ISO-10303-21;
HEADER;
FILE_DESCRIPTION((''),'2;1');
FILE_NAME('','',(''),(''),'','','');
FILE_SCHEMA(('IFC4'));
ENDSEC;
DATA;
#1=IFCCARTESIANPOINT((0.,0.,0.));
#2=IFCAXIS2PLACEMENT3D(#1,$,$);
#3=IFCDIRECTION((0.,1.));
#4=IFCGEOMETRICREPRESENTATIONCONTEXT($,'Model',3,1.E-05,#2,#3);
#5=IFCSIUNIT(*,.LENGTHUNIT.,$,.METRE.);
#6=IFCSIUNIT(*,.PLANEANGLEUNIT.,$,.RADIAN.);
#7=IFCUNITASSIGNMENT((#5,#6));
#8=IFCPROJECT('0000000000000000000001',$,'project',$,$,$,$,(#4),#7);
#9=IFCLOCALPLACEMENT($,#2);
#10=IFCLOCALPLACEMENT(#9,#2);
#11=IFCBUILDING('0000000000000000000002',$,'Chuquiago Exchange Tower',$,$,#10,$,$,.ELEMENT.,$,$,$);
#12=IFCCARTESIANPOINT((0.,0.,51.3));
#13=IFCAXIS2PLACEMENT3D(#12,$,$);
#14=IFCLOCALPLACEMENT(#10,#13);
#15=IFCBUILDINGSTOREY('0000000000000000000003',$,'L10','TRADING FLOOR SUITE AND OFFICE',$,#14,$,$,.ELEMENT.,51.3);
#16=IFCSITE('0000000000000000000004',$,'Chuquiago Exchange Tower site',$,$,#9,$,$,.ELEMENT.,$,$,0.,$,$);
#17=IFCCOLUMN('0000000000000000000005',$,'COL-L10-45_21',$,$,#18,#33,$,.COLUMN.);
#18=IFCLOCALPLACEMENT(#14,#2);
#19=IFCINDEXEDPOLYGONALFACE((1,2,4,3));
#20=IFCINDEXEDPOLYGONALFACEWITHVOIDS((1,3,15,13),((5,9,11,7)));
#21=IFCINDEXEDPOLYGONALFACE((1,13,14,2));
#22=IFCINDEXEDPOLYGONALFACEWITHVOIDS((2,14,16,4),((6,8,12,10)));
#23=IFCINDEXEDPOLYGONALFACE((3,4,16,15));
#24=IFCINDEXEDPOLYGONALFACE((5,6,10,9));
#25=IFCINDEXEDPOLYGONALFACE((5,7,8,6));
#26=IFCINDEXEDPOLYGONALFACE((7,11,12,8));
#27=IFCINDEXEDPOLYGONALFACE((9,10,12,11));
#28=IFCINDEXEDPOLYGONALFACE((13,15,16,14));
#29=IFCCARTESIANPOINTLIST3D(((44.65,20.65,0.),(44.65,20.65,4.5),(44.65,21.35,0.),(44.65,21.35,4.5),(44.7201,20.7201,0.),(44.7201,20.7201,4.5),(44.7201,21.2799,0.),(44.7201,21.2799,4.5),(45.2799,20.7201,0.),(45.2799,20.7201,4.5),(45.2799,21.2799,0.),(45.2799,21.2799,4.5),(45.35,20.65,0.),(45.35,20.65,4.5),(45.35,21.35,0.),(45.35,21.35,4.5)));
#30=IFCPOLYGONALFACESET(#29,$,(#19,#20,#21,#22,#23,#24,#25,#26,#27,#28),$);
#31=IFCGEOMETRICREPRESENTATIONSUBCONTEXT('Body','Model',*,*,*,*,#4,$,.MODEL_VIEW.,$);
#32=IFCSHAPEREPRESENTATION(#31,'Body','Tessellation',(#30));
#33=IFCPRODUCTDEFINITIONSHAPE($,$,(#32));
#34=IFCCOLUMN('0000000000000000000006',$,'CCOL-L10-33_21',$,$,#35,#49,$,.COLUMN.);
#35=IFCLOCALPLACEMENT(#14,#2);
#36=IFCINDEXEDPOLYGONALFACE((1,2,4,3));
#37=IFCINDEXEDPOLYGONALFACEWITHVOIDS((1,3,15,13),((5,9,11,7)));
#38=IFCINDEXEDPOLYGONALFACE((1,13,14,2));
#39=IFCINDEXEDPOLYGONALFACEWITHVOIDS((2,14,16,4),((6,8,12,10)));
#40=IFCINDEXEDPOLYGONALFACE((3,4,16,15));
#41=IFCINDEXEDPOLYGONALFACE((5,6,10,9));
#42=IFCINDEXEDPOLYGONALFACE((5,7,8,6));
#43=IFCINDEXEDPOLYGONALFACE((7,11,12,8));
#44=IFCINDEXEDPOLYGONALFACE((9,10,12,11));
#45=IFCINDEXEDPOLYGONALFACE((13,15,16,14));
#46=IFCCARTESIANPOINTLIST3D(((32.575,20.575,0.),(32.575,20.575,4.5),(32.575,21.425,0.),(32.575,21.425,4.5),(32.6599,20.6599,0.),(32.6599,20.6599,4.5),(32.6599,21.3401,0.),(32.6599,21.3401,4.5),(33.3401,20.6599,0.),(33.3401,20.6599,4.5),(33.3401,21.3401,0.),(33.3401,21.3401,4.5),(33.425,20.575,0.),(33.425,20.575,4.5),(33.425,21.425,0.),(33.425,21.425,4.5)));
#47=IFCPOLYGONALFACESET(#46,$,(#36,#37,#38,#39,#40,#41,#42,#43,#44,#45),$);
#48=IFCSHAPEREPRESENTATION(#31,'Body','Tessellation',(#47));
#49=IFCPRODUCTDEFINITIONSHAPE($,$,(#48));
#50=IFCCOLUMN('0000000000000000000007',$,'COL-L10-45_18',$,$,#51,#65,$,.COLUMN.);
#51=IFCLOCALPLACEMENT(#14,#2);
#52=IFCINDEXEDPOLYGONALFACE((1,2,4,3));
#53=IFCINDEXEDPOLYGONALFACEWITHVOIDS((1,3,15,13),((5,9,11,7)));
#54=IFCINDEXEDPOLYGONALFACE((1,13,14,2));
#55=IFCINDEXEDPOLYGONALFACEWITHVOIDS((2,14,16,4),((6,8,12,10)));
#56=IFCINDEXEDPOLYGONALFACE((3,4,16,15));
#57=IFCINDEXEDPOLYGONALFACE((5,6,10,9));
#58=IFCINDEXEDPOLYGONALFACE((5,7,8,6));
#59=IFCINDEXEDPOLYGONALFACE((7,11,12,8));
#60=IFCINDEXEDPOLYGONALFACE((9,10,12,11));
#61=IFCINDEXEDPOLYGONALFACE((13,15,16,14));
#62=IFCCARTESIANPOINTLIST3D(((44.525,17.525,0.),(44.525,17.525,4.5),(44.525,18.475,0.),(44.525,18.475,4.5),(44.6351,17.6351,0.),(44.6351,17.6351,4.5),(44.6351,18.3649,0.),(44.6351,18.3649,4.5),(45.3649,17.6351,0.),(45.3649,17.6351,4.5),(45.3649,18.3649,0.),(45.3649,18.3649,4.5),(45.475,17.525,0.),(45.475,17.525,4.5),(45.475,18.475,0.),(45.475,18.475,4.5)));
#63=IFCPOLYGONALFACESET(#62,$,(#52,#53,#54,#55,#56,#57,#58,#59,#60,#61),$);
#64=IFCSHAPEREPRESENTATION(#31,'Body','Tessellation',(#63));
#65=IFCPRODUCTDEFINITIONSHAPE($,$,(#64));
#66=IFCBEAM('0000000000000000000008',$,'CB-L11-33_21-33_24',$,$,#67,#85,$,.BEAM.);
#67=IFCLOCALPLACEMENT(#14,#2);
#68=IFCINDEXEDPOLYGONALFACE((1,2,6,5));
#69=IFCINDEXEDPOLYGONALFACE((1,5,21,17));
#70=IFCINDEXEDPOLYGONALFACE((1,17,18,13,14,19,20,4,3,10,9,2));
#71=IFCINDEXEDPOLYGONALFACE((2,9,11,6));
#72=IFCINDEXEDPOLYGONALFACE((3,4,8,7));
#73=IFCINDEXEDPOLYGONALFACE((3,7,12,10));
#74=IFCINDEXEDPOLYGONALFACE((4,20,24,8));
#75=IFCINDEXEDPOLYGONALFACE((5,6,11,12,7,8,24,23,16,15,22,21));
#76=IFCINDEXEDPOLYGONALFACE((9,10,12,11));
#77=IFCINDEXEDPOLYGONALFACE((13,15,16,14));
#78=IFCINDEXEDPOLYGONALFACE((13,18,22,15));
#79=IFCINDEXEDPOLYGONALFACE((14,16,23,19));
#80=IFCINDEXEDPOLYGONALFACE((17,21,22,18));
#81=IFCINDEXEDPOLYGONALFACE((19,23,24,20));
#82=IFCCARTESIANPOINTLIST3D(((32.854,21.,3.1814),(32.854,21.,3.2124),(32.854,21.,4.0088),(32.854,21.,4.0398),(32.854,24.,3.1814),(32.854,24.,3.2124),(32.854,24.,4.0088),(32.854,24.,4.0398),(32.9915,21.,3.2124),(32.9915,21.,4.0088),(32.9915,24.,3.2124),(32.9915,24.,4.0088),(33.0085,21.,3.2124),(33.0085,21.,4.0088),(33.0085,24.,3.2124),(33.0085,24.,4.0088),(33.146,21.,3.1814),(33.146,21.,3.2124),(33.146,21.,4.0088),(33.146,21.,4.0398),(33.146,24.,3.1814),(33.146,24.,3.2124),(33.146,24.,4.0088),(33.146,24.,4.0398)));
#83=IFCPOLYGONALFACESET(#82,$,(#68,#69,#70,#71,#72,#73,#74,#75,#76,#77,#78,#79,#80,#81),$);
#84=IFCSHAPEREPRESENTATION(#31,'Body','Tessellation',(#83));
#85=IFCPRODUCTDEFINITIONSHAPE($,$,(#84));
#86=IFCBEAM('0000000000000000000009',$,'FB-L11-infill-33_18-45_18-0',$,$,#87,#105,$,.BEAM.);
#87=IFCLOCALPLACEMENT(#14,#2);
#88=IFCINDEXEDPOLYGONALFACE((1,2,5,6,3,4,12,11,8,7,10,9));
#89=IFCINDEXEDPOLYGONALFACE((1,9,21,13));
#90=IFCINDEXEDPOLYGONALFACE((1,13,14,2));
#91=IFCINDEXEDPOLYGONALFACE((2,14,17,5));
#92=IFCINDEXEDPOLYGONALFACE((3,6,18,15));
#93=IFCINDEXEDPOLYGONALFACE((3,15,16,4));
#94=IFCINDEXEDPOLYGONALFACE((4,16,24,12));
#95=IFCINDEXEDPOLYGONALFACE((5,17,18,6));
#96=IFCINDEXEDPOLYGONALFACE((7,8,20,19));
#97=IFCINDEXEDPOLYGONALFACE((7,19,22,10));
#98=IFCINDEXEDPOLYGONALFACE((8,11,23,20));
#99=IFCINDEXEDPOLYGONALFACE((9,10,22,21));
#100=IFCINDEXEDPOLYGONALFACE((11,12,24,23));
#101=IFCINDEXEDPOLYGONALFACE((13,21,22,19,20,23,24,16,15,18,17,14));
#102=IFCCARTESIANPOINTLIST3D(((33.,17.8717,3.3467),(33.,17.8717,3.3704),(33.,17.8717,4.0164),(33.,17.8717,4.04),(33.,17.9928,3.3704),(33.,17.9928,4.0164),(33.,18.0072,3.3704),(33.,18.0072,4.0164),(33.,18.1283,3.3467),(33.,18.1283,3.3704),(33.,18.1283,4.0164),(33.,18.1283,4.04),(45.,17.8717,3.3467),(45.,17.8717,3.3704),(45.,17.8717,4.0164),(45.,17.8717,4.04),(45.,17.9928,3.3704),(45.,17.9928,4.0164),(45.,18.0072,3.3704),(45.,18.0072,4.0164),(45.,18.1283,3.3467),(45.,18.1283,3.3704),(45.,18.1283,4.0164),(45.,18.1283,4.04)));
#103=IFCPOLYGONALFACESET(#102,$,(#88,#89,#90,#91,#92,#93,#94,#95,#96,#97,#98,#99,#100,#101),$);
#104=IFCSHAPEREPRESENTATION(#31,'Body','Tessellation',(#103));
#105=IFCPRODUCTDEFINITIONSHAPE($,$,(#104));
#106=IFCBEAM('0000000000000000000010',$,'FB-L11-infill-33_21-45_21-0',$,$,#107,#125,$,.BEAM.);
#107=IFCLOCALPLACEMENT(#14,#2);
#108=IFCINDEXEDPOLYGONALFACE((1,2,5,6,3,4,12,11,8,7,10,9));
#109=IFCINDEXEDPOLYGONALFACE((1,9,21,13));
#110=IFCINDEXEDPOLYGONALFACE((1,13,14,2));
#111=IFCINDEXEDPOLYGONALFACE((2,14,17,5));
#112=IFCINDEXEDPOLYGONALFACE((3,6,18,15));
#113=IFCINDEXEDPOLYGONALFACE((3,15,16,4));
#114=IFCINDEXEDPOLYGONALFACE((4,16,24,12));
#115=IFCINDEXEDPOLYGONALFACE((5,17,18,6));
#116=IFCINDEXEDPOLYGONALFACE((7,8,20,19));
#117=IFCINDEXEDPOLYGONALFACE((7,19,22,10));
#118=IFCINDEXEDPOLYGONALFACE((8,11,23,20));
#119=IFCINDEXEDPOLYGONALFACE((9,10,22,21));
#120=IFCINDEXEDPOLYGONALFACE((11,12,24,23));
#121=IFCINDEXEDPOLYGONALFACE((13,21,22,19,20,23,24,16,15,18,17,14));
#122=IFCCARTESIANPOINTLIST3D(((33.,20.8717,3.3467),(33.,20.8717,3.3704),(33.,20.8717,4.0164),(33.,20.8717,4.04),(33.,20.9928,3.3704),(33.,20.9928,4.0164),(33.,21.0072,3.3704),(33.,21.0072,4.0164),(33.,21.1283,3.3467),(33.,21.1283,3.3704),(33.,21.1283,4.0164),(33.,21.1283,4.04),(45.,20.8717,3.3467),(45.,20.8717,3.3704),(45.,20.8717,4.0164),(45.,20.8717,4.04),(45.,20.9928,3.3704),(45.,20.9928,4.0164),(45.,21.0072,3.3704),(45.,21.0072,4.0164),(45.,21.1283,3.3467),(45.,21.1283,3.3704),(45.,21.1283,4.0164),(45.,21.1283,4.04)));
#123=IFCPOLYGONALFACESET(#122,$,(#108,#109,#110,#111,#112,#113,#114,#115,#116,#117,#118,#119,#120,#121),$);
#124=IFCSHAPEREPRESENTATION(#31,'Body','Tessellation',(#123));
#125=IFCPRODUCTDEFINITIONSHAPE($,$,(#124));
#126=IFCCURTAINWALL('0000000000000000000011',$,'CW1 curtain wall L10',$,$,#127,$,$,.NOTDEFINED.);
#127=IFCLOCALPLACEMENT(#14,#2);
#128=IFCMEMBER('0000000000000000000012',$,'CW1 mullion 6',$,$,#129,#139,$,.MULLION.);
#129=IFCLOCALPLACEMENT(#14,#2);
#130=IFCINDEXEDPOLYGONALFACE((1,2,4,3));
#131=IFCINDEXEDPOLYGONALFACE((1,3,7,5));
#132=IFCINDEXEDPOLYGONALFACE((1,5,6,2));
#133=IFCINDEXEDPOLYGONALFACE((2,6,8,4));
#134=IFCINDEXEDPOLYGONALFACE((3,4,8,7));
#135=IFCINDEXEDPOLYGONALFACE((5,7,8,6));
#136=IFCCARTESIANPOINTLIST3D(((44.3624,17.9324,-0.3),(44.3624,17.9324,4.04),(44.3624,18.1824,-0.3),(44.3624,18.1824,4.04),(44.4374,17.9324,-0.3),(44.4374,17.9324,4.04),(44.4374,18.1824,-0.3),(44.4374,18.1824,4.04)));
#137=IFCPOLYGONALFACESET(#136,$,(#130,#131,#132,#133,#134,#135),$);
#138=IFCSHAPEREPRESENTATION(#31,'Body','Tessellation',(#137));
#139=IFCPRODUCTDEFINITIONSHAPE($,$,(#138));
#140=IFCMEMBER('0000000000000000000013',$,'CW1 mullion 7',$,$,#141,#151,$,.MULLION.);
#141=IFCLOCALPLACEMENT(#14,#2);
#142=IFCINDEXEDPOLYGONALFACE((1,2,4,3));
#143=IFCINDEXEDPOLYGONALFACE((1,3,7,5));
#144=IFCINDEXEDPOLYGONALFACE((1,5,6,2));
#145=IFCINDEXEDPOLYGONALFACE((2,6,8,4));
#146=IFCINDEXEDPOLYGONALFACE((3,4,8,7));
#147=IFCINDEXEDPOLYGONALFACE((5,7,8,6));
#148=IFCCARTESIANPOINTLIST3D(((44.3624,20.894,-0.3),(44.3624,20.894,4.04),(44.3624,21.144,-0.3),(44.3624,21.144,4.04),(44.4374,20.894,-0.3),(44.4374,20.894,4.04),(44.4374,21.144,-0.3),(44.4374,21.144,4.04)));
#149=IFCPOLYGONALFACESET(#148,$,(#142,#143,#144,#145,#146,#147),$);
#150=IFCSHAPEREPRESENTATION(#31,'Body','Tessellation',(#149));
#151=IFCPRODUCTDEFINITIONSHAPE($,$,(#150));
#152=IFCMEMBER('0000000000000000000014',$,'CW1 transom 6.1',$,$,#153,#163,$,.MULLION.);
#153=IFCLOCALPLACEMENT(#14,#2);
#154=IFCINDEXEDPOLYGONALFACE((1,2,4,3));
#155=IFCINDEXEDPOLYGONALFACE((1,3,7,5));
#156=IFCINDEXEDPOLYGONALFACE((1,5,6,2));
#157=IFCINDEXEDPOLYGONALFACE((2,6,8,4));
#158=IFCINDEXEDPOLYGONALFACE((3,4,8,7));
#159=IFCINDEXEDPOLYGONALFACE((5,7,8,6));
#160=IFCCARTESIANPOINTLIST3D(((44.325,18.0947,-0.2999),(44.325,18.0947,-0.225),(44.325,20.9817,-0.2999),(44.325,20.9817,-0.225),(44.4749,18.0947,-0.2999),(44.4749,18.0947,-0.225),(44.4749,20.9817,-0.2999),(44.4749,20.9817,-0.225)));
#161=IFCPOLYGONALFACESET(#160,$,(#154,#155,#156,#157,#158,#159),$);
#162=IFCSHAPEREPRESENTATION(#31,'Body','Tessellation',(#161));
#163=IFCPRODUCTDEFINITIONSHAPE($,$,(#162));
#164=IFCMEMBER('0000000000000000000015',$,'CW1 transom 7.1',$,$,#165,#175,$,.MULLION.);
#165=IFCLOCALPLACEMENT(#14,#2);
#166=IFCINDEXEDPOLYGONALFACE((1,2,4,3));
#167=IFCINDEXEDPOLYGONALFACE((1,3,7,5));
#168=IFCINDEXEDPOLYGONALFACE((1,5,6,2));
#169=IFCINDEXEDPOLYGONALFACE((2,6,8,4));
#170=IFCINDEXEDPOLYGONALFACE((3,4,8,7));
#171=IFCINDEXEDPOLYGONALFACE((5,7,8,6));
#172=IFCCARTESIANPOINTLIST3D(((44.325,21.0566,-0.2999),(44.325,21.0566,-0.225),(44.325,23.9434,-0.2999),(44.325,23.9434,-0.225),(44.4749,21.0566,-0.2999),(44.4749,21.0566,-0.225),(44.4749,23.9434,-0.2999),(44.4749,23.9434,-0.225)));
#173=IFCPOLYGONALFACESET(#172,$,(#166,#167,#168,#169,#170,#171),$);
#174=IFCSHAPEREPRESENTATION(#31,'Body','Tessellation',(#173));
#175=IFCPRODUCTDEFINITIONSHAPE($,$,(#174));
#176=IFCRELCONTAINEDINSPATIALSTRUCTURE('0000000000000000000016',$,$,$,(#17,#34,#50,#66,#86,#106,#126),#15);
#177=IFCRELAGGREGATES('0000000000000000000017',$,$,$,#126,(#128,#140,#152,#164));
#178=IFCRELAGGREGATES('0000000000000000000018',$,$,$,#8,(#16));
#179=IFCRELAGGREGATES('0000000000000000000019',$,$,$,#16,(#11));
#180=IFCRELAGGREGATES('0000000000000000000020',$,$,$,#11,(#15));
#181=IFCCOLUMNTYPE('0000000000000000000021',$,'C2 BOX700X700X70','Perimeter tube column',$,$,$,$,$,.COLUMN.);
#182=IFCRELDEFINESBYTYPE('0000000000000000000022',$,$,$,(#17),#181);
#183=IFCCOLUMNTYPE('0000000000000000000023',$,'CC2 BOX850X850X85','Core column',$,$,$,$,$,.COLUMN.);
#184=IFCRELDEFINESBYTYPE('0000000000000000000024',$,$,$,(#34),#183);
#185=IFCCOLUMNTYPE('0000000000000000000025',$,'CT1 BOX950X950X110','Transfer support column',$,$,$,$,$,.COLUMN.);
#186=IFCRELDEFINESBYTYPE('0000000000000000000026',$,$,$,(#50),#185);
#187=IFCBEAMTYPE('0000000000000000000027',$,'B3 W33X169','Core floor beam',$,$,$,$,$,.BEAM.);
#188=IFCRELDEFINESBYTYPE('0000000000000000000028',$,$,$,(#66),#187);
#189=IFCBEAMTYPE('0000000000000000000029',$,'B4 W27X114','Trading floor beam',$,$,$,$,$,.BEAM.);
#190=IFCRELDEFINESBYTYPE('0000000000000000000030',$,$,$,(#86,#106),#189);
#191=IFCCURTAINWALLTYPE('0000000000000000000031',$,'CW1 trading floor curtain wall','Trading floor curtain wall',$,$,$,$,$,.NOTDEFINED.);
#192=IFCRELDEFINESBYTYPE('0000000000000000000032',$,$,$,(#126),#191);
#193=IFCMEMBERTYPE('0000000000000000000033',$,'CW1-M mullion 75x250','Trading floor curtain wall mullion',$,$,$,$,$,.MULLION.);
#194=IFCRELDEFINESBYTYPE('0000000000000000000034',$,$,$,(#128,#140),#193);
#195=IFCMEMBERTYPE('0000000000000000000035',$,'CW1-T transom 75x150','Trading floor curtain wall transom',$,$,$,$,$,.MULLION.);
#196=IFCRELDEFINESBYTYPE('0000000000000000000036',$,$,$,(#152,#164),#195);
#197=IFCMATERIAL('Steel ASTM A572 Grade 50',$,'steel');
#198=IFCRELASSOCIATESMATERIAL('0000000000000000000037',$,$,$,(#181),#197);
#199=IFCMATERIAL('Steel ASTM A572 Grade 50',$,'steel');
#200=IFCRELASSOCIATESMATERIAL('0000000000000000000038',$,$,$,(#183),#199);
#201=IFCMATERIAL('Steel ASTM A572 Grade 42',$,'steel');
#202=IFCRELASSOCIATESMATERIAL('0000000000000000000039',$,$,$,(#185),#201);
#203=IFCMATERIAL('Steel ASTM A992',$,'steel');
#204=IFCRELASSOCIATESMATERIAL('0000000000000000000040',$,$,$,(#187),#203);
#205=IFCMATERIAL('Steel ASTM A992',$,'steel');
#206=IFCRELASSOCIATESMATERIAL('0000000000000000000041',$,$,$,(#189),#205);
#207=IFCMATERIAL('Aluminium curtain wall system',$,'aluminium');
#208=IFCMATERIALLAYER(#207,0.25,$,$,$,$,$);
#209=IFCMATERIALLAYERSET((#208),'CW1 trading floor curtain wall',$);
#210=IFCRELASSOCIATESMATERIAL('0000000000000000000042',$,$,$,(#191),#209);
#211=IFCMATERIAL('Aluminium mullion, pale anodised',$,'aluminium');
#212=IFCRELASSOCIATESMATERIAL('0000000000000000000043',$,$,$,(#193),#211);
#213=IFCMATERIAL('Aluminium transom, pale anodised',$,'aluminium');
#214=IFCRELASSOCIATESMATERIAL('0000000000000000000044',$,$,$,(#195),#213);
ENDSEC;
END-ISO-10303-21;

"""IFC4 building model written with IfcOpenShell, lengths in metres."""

from ifc_helpers import new_model, si_unit, direction, frame, origin, origin_2d, place, context, subcontext, project, spatial, rectangle, hollow_rectangle, i_section, extrude, material, layer, layer_set, material_profile, profile_set, type_object, element, aggregate, save


model = new_model("IFC4")

# Units and contexts
model_context = context("Model", 3, precision=1e-05, world=origin(), true_north=direction((0.0, 1.0)))
body_context = subcontext(model_context, "Body", "Model", "MODEL_VIEW")
ifc_project = project(units=[si_unit("LENGTHUNIT", "METRE"), si_unit("PLANEANGLEUNIT", "RADIAN")], contexts=[model_context])

# Site, building, storey
site_placement = place(None, origin())
site = spatial("IfcSite", under=ifc_project, at=site_placement, Name="Chuquiago Exchange Tower site", CompositionType="ELEMENT", RefElevation=0.0)
building_placement = place(site_placement, origin())
building = spatial("IfcBuilding", under=site, at=building_placement, Name="Chuquiago Exchange Tower", CompositionType="ELEMENT")
storey_placement = place(building_placement, frame((0.0, 0.0, 51.3)))
storey = spatial("IfcBuildingStorey", under=building, at=storey_placement, Name="L10", Description="TRADING FLOOR SUITE AND OFFICE", CompositionType="ELEMENT", Elevation=51.3)

# Columns
ifc_material_1 = material(Name="Steel ASTM A572 Grade 50", Category="steel")
ifc_material_profile_1 = material_profile(ifc_material_1, hollow_rectangle(XDim=0.7, YDim=0.7, WallThickness=0.0701, at=origin_2d()), Name="BOX700X700X70")
ifc_profile_set_1 = profile_set([ifc_material_profile_1], Name="Steel ASTM A572 Grade 50")
column_type_1 = type_object("IfcColumnType", Name="C2 BOX700X700X70", Description="Perimeter tube column", PredefinedType="COLUMN", material=ifc_profile_set_1)
column_1_placement = place(storey_placement, frame((45.0, 21.0, 0.0), z_axis=(0.0, 0.0, 1.0), x_axis=(1.0, 0.0, 0.0)))
element("IfcColumn", 1, at=column_1_placement, inside=storey, type_object=column_type_1, Name="COL-L10-45_21", PredefinedType="COLUMN", context=body_context, shape_type="SweptSolid", body=[
    extrude(hollow_rectangle(XDim=0.7, YDim=0.7, WallThickness=0.0701, at=origin_2d()), origin(), (0.0, 0.0, 1.0), 4.5),
])
ifc_material_2 = material(Name="Steel ASTM A572 Grade 50", Category="steel")
ifc_material_profile_2 = material_profile(ifc_material_2, hollow_rectangle(XDim=0.8501, YDim=0.8501, WallThickness=0.085, at=origin_2d()), Name="BOX850X850X85")
ifc_profile_set_2 = profile_set([ifc_material_profile_2], Name="Steel ASTM A572 Grade 50")
column_type_2 = type_object("IfcColumnType", Name="CC2 BOX850X850X85", Description="Core column", PredefinedType="COLUMN", material=ifc_profile_set_2)
column_2_placement = place(storey_placement, frame((33.0, 21.0, 0.0), z_axis=(0.0, 0.0, 1.0), x_axis=(1.0, 0.0, 0.0)))
element("IfcColumn", 2, at=column_2_placement, inside=storey, type_object=column_type_2, Name="CCOL-L10-33_21", PredefinedType="COLUMN", context=body_context, shape_type="SweptSolid", body=[
    extrude(hollow_rectangle(XDim=0.8501, YDim=0.8501, WallThickness=0.085, at=origin_2d()), origin(), (0.0, 0.0, 1.0), 4.5),
])
ifc_material_3 = material(Name="Steel ASTM A572 Grade 42", Category="steel")
ifc_material_profile_3 = material_profile(ifc_material_3, hollow_rectangle(XDim=0.95, YDim=0.95, WallThickness=0.1101, at=origin_2d()), Name="BOX950X950X110")
ifc_profile_set_3 = profile_set([ifc_material_profile_3], Name="Steel ASTM A572 Grade 42")
column_type_3 = type_object("IfcColumnType", Name="CT1 BOX950X950X110", Description="Transfer support column", PredefinedType="COLUMN", material=ifc_profile_set_3)
column_3_placement = place(storey_placement, frame((45.0, 18.0, 0.0), z_axis=(0.0, 0.0, 1.0), x_axis=(1.0, 0.0, 0.0)))
element("IfcColumn", 3, at=column_3_placement, inside=storey, type_object=column_type_3, Name="COL-L10-45_18", PredefinedType="COLUMN", context=body_context, shape_type="SweptSolid", body=[
    extrude(hollow_rectangle(XDim=0.95, YDim=0.95, WallThickness=0.1101, at=origin_2d()), origin(), (0.0, 0.0, 1.0), 4.5),
])

# Beams
ifc_material_4 = material(Name="Steel ASTM A992", Category="steel")
ifc_material_profile_4 = material_profile(ifc_material_4, i_section(OverallWidth=0.292, OverallDepth=0.8584, WebThickness=0.0171, FlangeThickness=0.031, at=origin_2d()), Name="W33X169")
ifc_profile_set_4 = profile_set([ifc_material_profile_4], Name="Steel ASTM A992")
beam_type_1 = type_object("IfcBeamType", Name="B3 W33X169", Description="Core floor beam", PredefinedType="BEAM", material=ifc_profile_set_4)
beam_placement = place(storey_placement, frame((33.0, 21.0, 3.6106), z_axis=(0.0, 1.0, 0.0), x_axis=(-1.0, 0.0, 0.0)))
element("IfcBeam", 4, at=beam_placement, inside=storey, type_object=beam_type_1, Name="CB-L11-33_21-33_24", PredefinedType="BEAM", context=body_context, shape_type="SweptSolid", body=[
    extrude(i_section(OverallWidth=0.292, OverallDepth=0.8584, WebThickness=0.0171, FlangeThickness=0.031, at=origin_2d()), origin(), (0.0, 0.0, 1.0), 3.0),
])
ifc_material_5 = material(Name="Steel ASTM A992", Category="steel")
ifc_material_profile_5 = material_profile(ifc_material_5, i_section(OverallWidth=0.2566, OverallDepth=0.6934, WebThickness=0.0144, FlangeThickness=0.0237, at=origin_2d()), Name="W27X114")
ifc_profile_set_5 = profile_set([ifc_material_profile_5], Name="Steel ASTM A992")
beam_type_2 = type_object("IfcBeamType", Name="B4 W27X114", Description="Trading floor beam", PredefinedType="BEAM", material=ifc_profile_set_5)
for number, where, z_axis, x_axis, name in (
    (5, (33.0, 18.0, 3.6934), (1.0, 0.0, 0.0), (0.0, 1.0, 0.0), "FB-L11-infill-33_18-45_18-0"),
    (6, (33.0, 21.0, 3.6934), (1.0, 0.0, 0.0), (0.0, 1.0, 0.0), "FB-L11-infill-33_21-45_21-0"),
):
    element("IfcBeam", number, at=place(storey_placement, frame(where, z_axis=z_axis, x_axis=x_axis)), inside=storey, type_object=beam_type_2, Name=name, PredefinedType="BEAM", context=body_context, shape_type="SweptSolid", body=[
        extrude(i_section(OverallWidth=0.2566, OverallDepth=0.6934, WebThickness=0.0144, FlangeThickness=0.0237, at=origin_2d()), origin(), (0.0, 0.0, 1.0), 12.0),
    ])

# Curtain wall, members
ifc_material_6 = material(Name="Aluminium curtain wall system", Category="aluminium")
ifc_layer_1 = layer(ifc_material_6, 0.25)
ifc_layer_set_1 = layer_set([ifc_layer_1], Name="CW1 trading floor curtain wall")
curtain_wall_type = type_object("IfcCurtainWallType", Name="CW1 trading floor curtain wall", Description="Trading floor curtain wall", PredefinedType="NOTDEFINED", material=ifc_layer_set_1)
curtain_wall_placement = place(storey_placement, origin())
curtain_wall = element("IfcCurtainWall", 7, at=curtain_wall_placement, inside=storey, type_object=curtain_wall_type, Name="CW1 curtain wall L10", PredefinedType="NOTDEFINED")
ifc_material_7 = material(Name="Aluminium mullion, pale anodised", Category="aluminium")
ifc_material_profile_6 = material_profile(ifc_material_7, rectangle(XDim=0.075, YDim=0.25, at=origin_2d()), Name="AL 75x250")
ifc_profile_set_6 = profile_set([ifc_material_profile_6], Name="Aluminium mullion, pale anodised")
member_type_1 = type_object("IfcMemberType", Name="CW1-M mullion 75x250", Description="Trading floor curtain wall mullion", PredefinedType="MULLION", material=ifc_profile_set_6)
member_1_placement = place(storey_placement, frame((44.3999, 18.0574, -0.3), z_axis=(0.0, 0.0, 1.0), x_axis=(-1.0, 0.0, 0.0)))
member_1 = element("IfcMember", 8, at=member_1_placement, type_object=member_type_1, Name="CW1 mullion 6", PredefinedType="MULLION", context=body_context, shape_type="SweptSolid", body=[
    extrude(rectangle(XDim=0.075, YDim=0.25, at=origin_2d()), origin(), (0.0, 0.0, 1.0), 4.3401),
])
member_2_placement = place(storey_placement, frame((44.3999, 21.019, -0.3), z_axis=(0.0, 0.0, 1.0), x_axis=(-1.0, 0.0, 0.0)))
member_2 = element("IfcMember", 9, at=member_2_placement, type_object=member_type_1, Name="CW1 mullion 7", PredefinedType="MULLION", context=body_context, shape_type="SweptSolid", body=[
    extrude(rectangle(XDim=0.075, YDim=0.25, at=origin_2d()), origin(), (0.0, 0.0, 1.0), 4.3401),
])
ifc_material_8 = material(Name="Aluminium transom, pale anodised", Category="aluminium")
ifc_material_profile_7 = material_profile(ifc_material_8, rectangle(XDim=0.1499, YDim=0.075, at=origin_2d()), Name="AL 150x75")
ifc_profile_set_7 = profile_set([ifc_material_profile_7], Name="Aluminium transom, pale anodised")
member_type_2 = type_object("IfcMemberType", Name="CW1-T transom 75x150", Description="Trading floor curtain wall transom", PredefinedType="MULLION", material=ifc_profile_set_7)
member_3_placement = place(storey_placement, frame((44.3999, 18.0947, -0.2625), z_axis=(0.0, 1.0, 0.0), x_axis=(-1.0, 0.0, 0.0)))
member_3 = element("IfcMember", 10, at=member_3_placement, type_object=member_type_2, Name="CW1 transom 6.1", PredefinedType="MULLION", context=body_context, shape_type="SweptSolid", body=[
    extrude(rectangle(XDim=0.1499, YDim=0.075, at=origin_2d()), origin(), (0.0, 0.0, 1.0), 2.887),
])
member_4_placement = place(storey_placement, frame((44.3999, 21.0566, -0.2625), z_axis=(0.0, 1.0, 0.0), x_axis=(-1.0, 0.0, 0.0)))
member_4 = element("IfcMember", 11, at=member_4_placement, type_object=member_type_2, Name="CW1 transom 7.1", PredefinedType="MULLION", context=body_context, shape_type="SweptSolid", body=[
    extrude(rectangle(XDim=0.1499, YDim=0.075, at=origin_2d()), origin(), (0.0, 0.0, 1.0), 2.8867),
])

aggregate(curtain_wall, [member_1, member_2, member_3, member_4])

save(model, "model.ifc")
